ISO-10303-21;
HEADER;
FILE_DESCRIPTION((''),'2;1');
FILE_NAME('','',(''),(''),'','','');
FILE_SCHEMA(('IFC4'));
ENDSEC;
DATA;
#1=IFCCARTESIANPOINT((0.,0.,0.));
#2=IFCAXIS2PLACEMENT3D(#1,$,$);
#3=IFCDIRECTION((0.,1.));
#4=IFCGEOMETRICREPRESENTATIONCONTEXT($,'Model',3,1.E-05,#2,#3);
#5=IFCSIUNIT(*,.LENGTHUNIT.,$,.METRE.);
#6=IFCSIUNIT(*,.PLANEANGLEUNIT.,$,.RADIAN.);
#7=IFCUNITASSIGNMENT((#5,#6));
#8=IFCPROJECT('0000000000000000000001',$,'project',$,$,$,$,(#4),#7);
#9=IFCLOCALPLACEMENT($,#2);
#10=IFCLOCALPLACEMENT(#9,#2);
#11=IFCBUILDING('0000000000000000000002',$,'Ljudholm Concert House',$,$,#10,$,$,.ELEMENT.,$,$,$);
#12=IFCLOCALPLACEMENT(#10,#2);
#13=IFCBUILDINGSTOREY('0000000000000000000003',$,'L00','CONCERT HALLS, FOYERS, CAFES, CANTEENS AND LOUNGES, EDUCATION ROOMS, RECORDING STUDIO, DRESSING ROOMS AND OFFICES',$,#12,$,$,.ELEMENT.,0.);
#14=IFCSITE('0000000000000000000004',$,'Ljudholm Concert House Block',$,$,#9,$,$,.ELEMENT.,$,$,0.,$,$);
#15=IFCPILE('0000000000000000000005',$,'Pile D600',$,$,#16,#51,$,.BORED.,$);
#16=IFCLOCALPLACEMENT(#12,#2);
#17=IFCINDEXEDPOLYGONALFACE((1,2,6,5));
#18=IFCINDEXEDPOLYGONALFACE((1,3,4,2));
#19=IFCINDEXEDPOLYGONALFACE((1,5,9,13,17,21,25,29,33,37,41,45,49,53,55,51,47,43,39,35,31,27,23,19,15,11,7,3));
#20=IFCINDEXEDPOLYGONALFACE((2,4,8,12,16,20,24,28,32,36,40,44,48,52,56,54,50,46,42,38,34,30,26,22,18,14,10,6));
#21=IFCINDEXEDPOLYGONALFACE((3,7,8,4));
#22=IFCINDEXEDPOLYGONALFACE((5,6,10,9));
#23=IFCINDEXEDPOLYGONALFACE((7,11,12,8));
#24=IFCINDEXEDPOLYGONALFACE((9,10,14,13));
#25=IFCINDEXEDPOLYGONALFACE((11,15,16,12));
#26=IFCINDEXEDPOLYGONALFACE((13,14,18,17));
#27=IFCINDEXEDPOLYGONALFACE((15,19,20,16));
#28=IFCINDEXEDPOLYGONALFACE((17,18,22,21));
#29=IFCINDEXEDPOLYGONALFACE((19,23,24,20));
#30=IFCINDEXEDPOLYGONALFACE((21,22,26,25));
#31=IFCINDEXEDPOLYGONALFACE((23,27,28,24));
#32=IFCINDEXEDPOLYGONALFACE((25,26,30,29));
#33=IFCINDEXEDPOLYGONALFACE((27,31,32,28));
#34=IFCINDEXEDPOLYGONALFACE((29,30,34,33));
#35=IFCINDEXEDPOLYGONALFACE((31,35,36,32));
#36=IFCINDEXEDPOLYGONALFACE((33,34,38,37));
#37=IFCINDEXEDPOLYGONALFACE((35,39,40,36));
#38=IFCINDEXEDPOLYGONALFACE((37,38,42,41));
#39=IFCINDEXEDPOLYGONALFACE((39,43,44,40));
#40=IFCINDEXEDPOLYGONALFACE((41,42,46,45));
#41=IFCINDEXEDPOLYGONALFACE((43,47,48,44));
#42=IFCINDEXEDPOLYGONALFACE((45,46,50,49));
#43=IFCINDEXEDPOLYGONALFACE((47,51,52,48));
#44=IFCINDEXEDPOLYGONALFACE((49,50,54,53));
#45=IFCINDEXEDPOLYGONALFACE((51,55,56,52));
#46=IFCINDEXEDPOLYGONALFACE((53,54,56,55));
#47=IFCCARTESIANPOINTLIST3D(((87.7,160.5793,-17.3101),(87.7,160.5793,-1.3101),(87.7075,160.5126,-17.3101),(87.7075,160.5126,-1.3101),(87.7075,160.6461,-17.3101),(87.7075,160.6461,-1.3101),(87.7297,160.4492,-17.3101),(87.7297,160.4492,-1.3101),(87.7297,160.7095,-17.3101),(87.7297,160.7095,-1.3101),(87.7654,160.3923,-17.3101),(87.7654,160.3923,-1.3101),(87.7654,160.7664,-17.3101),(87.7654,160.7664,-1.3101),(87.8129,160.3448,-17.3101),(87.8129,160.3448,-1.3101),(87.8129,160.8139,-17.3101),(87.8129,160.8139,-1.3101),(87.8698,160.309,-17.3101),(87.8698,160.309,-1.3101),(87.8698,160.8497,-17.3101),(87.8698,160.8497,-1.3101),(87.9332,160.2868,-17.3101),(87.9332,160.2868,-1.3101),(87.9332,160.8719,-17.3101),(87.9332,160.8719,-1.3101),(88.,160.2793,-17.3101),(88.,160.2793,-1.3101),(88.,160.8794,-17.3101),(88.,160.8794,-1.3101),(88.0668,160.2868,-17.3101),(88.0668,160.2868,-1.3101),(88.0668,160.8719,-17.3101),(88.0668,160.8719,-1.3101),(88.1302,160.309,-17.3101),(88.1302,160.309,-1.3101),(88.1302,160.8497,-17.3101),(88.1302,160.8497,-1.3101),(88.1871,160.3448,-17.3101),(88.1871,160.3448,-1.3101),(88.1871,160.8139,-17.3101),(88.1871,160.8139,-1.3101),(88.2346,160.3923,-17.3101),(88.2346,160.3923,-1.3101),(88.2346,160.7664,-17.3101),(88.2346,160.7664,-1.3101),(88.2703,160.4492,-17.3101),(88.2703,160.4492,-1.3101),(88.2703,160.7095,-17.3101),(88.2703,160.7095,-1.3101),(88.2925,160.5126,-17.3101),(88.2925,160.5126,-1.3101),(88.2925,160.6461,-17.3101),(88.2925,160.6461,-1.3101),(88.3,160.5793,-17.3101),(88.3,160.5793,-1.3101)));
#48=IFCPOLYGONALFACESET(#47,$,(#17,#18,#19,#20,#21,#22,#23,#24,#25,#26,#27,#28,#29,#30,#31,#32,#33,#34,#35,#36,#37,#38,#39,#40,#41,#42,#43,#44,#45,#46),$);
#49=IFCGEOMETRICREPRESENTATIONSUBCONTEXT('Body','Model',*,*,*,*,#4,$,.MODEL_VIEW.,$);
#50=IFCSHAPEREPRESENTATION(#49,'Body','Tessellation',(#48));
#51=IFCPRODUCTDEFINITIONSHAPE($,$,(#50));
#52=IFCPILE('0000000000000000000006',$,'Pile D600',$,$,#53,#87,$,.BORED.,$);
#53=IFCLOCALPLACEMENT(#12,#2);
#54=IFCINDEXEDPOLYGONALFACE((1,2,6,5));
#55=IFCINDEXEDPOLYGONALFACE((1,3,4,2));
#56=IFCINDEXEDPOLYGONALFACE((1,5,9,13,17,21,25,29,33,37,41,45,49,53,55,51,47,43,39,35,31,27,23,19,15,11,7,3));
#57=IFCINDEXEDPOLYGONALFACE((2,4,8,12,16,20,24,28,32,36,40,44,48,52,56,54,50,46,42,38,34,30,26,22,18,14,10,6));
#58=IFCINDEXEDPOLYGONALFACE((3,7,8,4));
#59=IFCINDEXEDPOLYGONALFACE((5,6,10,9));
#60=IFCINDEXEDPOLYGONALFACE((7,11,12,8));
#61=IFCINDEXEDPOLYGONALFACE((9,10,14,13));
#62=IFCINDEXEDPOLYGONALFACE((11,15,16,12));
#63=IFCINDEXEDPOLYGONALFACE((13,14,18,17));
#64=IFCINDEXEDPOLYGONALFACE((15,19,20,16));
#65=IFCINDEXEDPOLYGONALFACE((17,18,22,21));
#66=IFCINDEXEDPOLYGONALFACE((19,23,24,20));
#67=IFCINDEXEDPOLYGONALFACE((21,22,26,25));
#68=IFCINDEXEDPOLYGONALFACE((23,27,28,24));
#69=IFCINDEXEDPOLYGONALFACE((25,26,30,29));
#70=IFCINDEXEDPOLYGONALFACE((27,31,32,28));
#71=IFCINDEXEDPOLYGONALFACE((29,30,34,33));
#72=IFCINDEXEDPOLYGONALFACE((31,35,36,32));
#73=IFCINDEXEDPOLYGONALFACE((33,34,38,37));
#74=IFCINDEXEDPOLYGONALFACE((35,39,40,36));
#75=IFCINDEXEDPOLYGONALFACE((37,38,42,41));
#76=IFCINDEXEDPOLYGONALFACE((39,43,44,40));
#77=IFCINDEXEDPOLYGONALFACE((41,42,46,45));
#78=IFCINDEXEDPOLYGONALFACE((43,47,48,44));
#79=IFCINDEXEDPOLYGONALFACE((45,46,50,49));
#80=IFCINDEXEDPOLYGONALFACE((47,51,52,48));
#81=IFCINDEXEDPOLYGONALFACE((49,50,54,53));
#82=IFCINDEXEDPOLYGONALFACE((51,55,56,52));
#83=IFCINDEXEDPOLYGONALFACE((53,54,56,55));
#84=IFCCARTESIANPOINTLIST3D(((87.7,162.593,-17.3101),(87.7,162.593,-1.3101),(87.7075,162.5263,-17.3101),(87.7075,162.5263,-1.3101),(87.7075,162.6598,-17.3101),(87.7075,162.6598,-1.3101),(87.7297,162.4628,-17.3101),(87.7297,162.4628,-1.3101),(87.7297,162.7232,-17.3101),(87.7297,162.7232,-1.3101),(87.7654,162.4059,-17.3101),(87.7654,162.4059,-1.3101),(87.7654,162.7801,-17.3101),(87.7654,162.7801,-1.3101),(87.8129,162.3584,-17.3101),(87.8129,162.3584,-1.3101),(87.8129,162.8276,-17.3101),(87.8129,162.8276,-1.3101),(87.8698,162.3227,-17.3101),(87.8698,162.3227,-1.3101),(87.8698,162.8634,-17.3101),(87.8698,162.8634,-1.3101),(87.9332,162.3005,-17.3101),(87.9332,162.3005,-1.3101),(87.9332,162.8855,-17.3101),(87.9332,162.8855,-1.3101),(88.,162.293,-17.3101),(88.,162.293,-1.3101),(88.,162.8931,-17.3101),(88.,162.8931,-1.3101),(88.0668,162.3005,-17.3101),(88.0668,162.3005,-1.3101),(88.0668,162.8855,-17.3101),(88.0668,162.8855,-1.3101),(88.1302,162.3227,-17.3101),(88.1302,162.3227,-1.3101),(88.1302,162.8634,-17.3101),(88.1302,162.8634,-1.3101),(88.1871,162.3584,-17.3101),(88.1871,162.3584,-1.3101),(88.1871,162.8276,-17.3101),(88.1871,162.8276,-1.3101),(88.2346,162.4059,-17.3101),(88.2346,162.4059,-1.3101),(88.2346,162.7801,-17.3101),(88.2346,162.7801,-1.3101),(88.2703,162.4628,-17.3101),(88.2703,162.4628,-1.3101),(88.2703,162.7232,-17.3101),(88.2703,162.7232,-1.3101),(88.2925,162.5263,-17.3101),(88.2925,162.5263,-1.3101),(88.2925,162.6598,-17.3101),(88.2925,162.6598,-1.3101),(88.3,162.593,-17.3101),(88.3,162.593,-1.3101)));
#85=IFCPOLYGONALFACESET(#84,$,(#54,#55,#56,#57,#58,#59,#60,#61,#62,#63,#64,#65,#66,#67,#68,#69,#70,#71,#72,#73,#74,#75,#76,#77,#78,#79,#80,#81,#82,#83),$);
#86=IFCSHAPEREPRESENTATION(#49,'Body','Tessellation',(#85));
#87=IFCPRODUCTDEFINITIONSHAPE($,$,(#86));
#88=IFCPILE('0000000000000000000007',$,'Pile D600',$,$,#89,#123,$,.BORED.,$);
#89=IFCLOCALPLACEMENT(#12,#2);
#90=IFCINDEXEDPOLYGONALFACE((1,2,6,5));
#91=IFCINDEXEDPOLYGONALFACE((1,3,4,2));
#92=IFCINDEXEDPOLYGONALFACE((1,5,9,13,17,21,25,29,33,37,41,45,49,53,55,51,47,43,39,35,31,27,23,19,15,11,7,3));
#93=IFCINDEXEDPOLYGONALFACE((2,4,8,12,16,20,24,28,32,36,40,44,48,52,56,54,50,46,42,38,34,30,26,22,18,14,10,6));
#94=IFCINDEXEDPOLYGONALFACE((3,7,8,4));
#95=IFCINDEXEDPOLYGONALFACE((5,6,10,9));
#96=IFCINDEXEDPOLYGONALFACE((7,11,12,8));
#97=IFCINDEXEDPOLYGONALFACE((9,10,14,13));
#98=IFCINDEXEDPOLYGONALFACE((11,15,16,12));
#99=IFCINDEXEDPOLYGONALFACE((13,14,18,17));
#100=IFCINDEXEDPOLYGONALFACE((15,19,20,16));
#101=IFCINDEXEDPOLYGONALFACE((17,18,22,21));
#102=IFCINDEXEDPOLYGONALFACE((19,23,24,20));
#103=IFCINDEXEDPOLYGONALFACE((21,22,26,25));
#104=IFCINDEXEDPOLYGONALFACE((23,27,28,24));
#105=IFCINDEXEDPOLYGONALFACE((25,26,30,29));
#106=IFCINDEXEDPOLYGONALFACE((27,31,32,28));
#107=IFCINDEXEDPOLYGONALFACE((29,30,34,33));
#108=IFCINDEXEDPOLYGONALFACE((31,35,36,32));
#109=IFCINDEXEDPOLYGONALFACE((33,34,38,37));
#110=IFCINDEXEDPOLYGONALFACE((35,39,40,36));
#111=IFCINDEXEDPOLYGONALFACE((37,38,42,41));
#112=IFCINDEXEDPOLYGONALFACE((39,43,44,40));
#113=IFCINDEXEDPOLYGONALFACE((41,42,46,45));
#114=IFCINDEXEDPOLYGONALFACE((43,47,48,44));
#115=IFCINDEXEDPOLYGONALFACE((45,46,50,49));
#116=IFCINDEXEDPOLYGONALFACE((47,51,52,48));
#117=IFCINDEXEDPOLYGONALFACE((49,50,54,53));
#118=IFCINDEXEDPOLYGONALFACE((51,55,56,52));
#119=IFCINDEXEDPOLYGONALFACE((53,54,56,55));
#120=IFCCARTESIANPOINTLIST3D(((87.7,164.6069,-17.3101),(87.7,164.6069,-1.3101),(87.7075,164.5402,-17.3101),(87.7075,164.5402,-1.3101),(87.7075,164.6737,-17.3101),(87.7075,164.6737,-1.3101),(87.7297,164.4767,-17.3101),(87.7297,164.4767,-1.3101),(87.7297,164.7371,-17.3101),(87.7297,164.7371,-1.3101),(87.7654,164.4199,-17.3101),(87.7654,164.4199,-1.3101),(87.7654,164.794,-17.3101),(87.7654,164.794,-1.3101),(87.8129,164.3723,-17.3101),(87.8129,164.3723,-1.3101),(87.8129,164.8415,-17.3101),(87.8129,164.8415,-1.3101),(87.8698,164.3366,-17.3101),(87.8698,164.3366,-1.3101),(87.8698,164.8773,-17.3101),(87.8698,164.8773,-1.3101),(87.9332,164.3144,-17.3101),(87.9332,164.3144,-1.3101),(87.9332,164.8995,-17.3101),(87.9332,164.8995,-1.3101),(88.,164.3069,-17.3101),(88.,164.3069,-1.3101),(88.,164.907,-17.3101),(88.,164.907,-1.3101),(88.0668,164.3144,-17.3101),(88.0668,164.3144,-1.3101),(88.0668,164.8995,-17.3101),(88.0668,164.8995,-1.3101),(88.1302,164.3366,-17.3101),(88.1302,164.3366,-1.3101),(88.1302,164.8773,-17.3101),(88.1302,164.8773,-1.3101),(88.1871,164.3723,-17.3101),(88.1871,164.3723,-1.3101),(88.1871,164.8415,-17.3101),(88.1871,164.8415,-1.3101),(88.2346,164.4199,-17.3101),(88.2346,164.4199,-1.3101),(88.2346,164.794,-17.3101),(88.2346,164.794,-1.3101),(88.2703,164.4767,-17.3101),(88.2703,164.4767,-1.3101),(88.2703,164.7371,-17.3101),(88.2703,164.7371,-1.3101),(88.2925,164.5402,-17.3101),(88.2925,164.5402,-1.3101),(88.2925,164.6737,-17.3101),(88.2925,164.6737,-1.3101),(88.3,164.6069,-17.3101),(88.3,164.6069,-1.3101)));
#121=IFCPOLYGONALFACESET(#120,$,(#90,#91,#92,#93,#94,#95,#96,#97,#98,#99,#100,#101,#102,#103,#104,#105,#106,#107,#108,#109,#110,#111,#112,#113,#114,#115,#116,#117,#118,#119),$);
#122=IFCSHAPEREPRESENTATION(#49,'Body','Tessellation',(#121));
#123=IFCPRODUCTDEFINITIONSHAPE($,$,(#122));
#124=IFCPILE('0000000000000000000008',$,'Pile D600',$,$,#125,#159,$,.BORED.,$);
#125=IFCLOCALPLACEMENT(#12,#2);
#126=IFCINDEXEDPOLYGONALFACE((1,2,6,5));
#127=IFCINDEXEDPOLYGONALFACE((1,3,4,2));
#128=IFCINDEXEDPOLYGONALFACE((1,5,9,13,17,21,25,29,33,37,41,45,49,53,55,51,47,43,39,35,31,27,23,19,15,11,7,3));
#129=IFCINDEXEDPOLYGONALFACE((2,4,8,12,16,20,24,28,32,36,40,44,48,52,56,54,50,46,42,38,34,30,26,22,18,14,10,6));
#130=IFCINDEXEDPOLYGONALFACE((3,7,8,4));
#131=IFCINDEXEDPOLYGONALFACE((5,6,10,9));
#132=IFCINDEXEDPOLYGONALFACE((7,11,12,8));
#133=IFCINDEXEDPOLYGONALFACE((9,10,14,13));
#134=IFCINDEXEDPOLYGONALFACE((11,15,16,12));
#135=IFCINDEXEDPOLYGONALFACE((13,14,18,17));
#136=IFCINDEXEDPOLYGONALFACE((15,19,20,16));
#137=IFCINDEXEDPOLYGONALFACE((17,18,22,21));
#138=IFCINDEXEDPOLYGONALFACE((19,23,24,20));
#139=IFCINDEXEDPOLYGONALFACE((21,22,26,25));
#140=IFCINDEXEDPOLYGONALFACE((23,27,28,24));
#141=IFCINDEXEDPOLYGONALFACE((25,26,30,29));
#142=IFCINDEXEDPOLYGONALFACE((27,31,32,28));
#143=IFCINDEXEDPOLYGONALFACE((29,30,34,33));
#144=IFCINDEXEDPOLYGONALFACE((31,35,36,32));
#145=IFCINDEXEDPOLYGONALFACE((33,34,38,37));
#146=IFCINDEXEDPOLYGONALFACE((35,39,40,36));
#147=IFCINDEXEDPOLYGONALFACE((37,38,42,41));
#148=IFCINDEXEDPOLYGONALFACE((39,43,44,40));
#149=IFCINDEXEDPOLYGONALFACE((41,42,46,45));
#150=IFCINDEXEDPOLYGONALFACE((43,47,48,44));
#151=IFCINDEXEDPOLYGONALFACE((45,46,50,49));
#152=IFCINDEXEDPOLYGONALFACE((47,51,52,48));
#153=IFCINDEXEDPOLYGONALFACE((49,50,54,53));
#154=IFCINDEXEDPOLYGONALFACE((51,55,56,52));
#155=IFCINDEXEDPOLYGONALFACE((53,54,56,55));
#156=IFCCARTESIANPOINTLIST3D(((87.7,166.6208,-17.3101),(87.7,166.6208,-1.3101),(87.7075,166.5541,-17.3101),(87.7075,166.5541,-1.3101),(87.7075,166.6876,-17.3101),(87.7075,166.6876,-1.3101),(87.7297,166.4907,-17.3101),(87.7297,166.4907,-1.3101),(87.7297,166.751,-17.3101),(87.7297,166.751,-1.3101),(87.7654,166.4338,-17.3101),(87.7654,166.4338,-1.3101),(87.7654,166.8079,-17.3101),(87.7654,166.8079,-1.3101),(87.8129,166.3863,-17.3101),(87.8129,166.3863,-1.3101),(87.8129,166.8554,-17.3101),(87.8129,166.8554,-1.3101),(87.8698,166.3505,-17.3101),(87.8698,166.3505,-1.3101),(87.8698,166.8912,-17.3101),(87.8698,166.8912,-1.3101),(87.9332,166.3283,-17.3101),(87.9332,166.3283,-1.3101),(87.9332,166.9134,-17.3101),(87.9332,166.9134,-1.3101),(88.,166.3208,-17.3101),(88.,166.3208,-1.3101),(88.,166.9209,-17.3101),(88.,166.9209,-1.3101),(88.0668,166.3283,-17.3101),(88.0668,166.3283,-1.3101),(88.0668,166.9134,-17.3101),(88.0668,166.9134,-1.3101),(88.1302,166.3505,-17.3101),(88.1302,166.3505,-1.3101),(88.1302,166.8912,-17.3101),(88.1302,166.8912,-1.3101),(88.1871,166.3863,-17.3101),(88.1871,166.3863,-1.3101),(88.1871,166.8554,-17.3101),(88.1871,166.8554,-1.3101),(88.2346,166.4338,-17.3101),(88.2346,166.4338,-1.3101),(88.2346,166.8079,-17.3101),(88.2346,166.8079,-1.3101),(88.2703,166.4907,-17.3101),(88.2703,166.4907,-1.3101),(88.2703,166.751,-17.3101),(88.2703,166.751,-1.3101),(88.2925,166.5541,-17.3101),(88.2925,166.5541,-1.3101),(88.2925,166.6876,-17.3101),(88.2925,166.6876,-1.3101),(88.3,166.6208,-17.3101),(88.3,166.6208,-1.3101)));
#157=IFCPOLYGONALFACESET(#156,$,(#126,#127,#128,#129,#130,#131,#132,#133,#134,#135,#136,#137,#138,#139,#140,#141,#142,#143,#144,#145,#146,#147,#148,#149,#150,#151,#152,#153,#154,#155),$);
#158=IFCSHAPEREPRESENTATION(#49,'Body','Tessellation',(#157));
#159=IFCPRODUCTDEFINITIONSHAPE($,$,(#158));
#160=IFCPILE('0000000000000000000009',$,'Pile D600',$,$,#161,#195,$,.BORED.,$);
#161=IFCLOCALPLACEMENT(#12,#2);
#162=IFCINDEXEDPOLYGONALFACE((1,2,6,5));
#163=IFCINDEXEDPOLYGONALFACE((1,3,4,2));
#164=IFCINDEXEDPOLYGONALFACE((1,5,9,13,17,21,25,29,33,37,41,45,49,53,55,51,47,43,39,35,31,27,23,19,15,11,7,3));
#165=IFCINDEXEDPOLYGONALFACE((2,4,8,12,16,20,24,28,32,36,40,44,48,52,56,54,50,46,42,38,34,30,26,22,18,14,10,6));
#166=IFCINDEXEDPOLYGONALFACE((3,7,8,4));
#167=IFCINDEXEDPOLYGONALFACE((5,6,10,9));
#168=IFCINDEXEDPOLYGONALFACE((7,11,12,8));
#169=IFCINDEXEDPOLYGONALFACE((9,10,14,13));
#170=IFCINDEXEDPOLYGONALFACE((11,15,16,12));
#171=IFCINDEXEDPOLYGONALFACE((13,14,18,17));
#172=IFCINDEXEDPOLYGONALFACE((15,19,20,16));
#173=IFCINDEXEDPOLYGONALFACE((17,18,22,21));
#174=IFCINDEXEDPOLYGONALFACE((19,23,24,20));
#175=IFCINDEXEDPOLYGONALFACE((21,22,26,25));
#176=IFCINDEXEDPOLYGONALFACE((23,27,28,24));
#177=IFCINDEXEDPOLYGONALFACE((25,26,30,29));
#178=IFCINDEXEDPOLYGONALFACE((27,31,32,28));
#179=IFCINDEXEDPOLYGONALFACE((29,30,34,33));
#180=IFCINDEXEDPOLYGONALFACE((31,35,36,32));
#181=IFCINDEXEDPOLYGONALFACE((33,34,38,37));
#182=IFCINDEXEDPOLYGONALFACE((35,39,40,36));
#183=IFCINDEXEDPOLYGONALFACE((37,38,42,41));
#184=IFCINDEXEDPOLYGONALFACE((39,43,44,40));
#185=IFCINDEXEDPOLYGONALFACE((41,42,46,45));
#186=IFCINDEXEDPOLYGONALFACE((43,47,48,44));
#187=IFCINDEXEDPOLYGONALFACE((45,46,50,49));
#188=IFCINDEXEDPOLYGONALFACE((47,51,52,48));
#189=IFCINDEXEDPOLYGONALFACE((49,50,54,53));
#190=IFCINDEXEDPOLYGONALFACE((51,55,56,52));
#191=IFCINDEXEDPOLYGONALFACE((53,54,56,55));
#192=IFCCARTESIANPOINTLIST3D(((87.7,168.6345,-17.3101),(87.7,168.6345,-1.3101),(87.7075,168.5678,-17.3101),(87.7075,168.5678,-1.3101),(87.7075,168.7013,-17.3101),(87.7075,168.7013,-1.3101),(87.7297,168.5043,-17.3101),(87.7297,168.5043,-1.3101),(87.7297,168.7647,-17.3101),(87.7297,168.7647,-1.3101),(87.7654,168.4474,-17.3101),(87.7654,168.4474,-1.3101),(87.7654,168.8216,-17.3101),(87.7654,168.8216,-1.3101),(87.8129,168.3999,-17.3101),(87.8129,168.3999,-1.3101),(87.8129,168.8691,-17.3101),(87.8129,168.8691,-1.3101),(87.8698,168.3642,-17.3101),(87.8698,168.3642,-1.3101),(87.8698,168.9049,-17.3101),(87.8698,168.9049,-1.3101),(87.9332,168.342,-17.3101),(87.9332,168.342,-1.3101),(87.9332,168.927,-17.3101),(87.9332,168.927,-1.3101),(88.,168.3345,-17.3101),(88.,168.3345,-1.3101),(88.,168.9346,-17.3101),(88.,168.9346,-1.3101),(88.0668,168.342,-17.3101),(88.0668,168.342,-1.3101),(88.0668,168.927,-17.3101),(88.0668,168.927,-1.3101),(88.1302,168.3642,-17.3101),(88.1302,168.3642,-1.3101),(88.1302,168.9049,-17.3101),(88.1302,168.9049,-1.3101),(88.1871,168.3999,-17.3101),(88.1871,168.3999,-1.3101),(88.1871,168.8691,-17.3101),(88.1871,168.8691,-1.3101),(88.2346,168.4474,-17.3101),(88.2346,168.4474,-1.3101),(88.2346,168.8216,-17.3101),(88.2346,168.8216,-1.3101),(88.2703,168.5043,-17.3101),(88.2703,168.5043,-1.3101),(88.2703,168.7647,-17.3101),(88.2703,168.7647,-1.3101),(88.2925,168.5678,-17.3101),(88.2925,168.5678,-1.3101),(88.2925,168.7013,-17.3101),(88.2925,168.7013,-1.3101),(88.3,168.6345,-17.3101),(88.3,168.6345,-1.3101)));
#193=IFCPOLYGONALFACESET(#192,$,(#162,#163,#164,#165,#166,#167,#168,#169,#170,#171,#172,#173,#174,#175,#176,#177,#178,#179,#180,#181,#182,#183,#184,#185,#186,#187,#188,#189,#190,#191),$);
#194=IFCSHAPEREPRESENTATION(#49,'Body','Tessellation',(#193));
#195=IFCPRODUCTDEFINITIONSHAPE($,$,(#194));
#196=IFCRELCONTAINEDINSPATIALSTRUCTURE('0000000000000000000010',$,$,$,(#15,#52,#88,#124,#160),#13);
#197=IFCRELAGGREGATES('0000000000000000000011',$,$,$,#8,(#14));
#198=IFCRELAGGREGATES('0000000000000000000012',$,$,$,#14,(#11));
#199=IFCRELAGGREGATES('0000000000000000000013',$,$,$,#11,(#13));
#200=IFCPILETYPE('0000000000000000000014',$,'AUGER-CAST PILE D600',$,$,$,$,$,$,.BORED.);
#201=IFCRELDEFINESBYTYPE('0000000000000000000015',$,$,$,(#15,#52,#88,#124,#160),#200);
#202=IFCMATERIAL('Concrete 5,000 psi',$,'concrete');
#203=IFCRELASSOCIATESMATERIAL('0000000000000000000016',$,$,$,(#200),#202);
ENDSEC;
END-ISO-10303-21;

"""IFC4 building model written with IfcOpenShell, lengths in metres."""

from ifc_helpers import new_model, si_unit, direction, frame, origin, origin_2d, place, context, subcontext, project, spatial, circle, extrude, material, material_profile, profile_set, type_object, element, save


model = new_model("IFC4")

# Units and contexts
model_context = context("Model", 3, precision=1e-05, world=origin(), true_north=direction((0.0, 1.0)))
body_context = subcontext(model_context, "Body", "Model", "MODEL_VIEW")
ifc_project = project(units=[si_unit("LENGTHUNIT", "METRE"), si_unit("PLANEANGLEUNIT", "RADIAN")], contexts=[model_context])

# Site, building, storey
site_placement = place(None, origin())
site = spatial("IfcSite", under=ifc_project, at=site_placement, Name="Ljudholm Concert House Block", CompositionType="ELEMENT", RefElevation=0.0)
building_placement = place(site_placement, origin())
building = spatial("IfcBuilding", under=site, at=building_placement, Name="Ljudholm Concert House", CompositionType="ELEMENT")
storey_placement = place(building_placement, origin())
storey = spatial("IfcBuildingStorey", under=building, at=storey_placement, Name="L00", Description="CONCERT HALLS, FOYERS, CAFES, CANTEENS AND LOUNGES, EDUCATION ROOMS, RECORDING STUDIO, DRESSING ROOMS AND OFFICES", CompositionType="ELEMENT", Elevation=0.0)

# Piles
ifc_material_1 = material(Name="Concrete 5,000 psi", Category="concrete")
ifc_material_profile = material_profile(ifc_material_1, circle(Radius=0.3, at=origin_2d()), Name="AUGER-CAST PILE D600")
ifc_profile_set = profile_set([ifc_material_profile], Name="Concrete 5,000 psi")
pile_type = type_object("IfcPileType", Name="AUGER-CAST PILE D600", PredefinedType="BORED", material=ifc_profile_set)
for number, where, z_axis, x_axis, name in (
    (1, (88.0, 160.5793, -1.3101), (0.0, 0.0, -1.0), (1.0, 0.0, 0.0), "Pile D600"),
    (2, (88.0, 162.593, -1.3101), (0.0, 0.0, -1.0), (1.0, 0.0, 0.0), "Pile D600"),
    (3, (88.0, 164.6069, -1.3101), (0.0, 0.0, -1.0), (1.0, 0.0, 0.0), "Pile D600"),
    (4, (88.0, 166.6208, -1.3101), (0.0, 0.0, -1.0), (1.0, 0.0, 0.0), "Pile D600"),
    (5, (88.0, 168.6345, -1.3101), (0.0, 0.0, -1.0), (1.0, 0.0, 0.0), "Pile D600"),
):
    element("IfcPile", number, at=place(storey_placement, frame(where, z_axis=z_axis, x_axis=x_axis)), inside=storey, type_object=pile_type, Name=name, PredefinedType="BORED", context=body_context, shape_type="SweptSolid", body=[
        extrude(circle(Radius=0.3, at=origin_2d()), origin(), (0.0, 0.0, 1.0), 16.0),
    ])

save(model, "model.ifc")
